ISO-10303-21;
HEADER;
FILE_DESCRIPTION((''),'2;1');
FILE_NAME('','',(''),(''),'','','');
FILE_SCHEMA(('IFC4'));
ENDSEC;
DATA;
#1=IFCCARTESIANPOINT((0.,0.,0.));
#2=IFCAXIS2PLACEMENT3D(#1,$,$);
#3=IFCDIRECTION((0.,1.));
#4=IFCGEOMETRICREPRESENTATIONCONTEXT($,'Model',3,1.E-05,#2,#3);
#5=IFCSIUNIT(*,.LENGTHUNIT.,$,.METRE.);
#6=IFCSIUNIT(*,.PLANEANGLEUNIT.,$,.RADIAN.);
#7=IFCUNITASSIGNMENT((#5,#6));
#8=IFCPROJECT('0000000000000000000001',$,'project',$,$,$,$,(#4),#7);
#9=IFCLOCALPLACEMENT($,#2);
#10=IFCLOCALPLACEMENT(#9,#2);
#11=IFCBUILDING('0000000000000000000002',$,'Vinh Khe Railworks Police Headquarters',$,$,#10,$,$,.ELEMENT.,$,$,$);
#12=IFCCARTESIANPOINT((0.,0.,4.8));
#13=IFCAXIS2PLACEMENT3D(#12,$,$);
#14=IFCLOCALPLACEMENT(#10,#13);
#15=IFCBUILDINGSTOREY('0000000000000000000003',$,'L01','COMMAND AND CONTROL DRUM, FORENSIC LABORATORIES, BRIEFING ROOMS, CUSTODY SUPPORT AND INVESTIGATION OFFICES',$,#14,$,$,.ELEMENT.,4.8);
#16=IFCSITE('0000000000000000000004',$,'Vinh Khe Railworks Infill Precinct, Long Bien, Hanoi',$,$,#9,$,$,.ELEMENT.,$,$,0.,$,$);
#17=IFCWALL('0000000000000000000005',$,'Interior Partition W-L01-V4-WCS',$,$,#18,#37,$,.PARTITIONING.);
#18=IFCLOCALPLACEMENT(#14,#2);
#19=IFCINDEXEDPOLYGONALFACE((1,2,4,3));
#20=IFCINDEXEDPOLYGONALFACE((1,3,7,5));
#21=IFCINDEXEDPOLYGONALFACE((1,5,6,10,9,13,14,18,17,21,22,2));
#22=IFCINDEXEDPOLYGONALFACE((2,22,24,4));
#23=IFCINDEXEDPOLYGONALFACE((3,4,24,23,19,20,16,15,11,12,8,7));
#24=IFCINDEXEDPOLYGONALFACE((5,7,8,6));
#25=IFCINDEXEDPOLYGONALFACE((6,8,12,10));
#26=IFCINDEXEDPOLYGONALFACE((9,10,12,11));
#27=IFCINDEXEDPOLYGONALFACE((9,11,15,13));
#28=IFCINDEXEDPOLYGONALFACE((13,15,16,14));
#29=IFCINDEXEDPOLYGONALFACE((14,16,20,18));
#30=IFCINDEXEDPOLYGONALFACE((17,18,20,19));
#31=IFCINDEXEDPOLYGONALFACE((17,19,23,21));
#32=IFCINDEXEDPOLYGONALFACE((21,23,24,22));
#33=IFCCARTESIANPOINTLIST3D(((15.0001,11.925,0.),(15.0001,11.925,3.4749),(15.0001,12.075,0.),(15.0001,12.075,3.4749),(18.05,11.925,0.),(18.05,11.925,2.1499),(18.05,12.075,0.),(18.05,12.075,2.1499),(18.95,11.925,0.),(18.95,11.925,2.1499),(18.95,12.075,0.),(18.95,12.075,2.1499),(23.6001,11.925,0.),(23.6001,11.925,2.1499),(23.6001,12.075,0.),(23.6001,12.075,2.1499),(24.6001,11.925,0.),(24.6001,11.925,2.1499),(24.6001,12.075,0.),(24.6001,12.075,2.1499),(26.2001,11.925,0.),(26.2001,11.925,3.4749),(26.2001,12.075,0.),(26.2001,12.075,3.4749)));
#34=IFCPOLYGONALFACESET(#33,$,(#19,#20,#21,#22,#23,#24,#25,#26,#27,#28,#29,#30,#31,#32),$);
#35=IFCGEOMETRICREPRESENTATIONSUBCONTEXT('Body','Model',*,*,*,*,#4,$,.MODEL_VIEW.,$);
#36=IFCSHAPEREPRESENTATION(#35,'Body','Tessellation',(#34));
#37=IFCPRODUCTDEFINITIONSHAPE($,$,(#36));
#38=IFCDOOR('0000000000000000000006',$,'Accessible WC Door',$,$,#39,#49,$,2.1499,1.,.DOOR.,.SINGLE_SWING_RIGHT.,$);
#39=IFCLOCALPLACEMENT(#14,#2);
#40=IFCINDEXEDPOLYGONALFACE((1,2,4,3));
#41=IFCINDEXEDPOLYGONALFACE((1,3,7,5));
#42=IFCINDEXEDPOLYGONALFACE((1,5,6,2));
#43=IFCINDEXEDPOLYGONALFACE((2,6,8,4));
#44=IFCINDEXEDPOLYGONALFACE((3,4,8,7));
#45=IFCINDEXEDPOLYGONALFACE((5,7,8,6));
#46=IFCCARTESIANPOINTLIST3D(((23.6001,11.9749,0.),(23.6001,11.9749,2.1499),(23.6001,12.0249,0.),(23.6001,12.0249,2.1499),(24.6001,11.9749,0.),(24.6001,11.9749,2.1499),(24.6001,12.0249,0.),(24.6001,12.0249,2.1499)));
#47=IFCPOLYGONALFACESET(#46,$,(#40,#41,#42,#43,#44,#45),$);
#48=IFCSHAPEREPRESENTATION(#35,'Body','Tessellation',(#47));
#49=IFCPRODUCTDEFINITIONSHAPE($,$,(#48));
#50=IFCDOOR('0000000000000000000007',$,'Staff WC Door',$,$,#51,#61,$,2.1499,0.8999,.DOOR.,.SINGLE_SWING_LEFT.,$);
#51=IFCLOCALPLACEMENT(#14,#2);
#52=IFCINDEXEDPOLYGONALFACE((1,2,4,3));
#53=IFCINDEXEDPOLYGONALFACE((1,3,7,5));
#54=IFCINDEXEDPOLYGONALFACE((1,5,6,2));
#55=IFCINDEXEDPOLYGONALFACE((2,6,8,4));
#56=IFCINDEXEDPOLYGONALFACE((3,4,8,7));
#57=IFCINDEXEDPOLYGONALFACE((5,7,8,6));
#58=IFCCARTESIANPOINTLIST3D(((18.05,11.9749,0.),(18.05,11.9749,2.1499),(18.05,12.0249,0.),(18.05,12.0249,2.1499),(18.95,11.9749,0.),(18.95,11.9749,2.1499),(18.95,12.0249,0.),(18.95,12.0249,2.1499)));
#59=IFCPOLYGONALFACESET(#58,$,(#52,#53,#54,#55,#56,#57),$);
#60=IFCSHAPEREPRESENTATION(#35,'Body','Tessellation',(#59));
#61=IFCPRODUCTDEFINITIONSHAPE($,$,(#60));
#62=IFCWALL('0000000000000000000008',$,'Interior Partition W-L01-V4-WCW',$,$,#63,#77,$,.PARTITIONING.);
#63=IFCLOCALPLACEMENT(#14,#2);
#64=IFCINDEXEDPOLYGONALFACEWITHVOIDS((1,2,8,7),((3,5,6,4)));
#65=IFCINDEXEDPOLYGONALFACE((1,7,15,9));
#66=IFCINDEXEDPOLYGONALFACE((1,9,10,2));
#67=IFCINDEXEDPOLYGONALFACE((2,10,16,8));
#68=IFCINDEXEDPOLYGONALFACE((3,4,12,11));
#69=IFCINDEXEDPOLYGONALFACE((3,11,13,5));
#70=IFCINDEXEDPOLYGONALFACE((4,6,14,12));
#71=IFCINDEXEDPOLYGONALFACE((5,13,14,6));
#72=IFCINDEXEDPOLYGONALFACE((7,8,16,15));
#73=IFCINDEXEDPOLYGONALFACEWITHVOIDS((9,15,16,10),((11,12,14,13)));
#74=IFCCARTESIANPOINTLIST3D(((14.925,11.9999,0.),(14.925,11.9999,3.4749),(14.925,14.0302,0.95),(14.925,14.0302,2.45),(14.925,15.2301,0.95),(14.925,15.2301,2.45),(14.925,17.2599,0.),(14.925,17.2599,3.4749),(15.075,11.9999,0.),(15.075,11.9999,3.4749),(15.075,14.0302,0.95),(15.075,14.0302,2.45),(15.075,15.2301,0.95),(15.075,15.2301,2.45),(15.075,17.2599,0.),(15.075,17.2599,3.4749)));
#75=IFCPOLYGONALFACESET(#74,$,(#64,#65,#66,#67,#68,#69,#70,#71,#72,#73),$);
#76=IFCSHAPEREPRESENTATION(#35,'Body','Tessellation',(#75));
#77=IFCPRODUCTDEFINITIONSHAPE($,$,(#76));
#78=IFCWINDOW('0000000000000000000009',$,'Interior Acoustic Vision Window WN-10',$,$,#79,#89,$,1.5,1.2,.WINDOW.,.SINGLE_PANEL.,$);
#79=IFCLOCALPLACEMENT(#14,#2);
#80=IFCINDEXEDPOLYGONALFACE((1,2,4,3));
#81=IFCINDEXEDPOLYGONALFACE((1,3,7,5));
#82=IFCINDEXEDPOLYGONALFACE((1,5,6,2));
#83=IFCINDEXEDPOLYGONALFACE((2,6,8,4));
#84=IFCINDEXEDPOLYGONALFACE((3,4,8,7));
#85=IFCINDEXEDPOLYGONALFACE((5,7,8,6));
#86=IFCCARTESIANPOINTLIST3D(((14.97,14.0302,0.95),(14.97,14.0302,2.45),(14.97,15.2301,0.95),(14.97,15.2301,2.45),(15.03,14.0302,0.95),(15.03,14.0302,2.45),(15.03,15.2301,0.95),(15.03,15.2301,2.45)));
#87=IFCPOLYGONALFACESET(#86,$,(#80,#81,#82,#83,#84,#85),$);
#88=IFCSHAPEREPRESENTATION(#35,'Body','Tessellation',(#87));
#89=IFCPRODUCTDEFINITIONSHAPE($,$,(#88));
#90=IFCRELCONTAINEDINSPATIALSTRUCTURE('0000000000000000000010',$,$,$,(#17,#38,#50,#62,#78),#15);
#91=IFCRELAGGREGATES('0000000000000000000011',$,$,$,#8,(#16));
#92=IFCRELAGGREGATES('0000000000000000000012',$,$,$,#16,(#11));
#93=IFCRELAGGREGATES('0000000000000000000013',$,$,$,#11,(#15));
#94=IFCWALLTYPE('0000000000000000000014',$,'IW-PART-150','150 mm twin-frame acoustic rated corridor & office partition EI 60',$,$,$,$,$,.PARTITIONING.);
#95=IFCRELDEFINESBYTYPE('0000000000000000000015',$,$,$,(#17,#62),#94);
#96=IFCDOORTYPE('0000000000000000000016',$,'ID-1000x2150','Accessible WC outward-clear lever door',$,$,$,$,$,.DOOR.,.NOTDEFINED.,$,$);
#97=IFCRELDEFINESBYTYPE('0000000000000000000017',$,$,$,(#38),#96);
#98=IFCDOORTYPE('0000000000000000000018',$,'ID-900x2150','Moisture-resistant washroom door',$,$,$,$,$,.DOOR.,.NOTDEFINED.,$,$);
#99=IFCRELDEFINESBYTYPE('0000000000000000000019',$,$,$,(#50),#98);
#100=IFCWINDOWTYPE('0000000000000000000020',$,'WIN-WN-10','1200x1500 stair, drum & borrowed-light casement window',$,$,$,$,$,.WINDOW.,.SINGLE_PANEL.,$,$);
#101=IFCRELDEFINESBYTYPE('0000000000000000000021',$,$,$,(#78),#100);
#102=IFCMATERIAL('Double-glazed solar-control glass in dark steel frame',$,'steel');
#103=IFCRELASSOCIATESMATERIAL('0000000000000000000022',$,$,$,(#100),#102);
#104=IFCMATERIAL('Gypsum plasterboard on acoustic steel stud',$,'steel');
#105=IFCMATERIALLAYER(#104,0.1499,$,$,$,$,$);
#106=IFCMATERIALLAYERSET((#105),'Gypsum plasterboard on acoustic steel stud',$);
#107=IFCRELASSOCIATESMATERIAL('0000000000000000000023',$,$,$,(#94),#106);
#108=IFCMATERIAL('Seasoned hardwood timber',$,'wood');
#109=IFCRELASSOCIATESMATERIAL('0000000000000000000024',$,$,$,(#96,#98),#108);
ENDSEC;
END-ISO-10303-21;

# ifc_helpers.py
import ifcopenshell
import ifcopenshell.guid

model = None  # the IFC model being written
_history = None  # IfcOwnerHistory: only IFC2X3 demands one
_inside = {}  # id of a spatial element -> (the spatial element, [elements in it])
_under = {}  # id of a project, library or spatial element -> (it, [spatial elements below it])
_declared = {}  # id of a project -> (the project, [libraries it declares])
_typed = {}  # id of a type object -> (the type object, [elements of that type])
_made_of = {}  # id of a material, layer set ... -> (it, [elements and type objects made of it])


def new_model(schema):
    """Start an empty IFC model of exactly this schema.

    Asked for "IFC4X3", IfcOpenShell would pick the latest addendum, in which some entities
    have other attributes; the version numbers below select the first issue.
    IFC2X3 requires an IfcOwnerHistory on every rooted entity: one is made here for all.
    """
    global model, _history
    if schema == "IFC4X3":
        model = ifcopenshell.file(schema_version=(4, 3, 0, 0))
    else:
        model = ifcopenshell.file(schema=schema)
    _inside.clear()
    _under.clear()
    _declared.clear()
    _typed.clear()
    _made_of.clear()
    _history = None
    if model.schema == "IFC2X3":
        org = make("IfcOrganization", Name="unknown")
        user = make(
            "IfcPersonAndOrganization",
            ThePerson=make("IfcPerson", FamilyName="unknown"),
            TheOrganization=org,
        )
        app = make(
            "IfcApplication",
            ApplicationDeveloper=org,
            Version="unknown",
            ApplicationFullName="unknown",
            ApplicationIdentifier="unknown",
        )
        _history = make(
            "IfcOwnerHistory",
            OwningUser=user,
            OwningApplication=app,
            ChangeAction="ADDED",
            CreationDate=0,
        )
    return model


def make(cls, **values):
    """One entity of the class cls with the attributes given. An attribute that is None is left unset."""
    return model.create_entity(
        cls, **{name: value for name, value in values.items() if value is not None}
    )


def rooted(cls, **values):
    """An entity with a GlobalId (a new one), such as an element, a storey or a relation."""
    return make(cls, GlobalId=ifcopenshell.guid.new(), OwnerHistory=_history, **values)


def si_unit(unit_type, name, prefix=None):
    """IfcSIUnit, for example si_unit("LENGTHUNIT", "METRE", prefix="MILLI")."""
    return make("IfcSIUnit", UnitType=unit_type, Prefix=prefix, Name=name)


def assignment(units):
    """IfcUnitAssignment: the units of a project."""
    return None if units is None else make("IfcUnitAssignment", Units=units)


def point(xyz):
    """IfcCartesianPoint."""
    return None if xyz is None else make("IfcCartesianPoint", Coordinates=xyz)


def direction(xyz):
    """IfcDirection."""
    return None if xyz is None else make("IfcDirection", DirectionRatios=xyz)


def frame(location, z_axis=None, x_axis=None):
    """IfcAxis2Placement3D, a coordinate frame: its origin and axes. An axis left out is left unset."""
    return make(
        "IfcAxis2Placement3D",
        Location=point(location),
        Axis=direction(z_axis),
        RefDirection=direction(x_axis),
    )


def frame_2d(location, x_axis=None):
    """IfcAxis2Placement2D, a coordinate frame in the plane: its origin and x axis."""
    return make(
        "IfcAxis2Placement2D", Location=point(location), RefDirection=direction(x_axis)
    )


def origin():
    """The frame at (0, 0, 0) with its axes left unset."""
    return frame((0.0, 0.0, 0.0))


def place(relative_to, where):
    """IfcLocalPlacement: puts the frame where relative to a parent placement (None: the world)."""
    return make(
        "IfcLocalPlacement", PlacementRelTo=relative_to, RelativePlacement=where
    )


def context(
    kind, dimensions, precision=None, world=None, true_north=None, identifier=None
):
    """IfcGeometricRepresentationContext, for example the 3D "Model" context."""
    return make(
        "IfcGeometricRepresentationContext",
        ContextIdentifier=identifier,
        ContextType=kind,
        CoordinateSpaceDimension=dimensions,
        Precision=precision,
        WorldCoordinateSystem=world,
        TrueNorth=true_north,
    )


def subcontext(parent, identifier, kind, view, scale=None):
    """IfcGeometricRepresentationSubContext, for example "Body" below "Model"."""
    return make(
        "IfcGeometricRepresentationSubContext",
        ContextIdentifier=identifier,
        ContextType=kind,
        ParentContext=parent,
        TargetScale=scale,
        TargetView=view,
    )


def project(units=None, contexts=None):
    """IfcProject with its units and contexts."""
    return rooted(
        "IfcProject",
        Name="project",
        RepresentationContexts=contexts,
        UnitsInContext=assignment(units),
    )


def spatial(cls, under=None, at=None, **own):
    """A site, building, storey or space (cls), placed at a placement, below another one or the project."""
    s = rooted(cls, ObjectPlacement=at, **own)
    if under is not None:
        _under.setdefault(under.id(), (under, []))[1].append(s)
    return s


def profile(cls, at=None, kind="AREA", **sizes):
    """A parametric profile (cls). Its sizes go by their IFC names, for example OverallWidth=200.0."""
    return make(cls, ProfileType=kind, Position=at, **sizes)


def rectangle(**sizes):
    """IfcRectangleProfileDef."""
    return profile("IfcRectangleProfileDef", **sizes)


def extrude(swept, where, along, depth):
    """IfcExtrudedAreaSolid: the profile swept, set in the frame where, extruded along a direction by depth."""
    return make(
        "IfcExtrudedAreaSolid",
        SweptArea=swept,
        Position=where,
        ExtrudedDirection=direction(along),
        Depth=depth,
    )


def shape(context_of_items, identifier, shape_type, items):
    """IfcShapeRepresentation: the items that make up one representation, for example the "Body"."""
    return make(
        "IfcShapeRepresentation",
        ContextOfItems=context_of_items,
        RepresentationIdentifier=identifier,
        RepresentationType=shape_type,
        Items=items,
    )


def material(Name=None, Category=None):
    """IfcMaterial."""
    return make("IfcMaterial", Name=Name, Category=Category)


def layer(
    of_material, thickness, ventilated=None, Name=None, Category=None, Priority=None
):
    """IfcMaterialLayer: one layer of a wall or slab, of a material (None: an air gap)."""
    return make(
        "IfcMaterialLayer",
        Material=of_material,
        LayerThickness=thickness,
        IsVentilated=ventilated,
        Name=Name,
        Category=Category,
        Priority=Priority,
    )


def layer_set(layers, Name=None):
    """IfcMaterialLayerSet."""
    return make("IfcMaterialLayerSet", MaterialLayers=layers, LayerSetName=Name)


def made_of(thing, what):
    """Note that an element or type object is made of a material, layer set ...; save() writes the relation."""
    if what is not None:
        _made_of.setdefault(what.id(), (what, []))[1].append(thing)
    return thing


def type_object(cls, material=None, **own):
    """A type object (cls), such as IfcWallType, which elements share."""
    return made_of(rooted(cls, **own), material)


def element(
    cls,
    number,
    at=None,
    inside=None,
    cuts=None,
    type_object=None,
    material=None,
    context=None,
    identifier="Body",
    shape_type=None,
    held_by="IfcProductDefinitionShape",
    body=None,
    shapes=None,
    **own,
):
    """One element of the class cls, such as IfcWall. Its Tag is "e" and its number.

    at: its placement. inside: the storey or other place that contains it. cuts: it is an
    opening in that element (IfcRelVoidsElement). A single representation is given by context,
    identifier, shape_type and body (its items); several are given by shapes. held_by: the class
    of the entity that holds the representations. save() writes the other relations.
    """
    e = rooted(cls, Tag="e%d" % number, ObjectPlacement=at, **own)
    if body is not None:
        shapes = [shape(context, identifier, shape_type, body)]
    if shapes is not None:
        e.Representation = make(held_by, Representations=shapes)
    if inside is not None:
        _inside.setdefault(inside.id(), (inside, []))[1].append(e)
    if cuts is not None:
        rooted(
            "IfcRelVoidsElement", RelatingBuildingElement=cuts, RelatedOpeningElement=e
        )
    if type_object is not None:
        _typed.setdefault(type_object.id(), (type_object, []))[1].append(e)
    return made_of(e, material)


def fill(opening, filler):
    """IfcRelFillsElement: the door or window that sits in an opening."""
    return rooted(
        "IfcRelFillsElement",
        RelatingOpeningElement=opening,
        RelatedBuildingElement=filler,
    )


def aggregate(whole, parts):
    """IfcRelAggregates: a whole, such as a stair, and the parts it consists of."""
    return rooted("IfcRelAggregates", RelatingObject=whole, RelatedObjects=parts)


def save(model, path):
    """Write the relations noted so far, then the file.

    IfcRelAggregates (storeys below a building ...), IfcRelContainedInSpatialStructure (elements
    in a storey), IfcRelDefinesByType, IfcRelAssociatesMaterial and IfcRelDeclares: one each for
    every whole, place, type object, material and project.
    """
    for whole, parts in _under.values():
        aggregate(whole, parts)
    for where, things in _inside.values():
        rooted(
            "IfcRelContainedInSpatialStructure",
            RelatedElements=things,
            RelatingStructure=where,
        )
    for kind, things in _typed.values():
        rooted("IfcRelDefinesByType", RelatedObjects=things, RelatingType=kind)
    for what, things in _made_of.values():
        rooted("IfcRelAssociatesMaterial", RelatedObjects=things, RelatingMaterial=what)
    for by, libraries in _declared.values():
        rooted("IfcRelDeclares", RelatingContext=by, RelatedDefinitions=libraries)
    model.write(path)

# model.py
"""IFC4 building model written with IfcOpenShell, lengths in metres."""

from ifc_helpers import new_model, si_unit, direction, frame, frame_2d, origin, place, context, subcontext, project, spatial, rectangle, extrude, material, layer, layer_set, type_object, element, fill, save


model = new_model("IFC4")

# Units and contexts
model_context = context("Model", 3, precision=1e-05, world=origin(), true_north=direction((0.0, 1.0)))
body_context = subcontext(model_context, "Body", "Model", "MODEL_VIEW")
ifc_project = project(units=[si_unit("LENGTHUNIT", "METRE"), si_unit("PLANEANGLEUNIT", "RADIAN")], contexts=[model_context])

# Site, building, storey
site_placement = place(None, origin())
site = spatial("IfcSite", under=ifc_project, at=site_placement, Name="Vinh Khe Railworks Infill Precinct, Long Bien, Hanoi", CompositionType="ELEMENT", RefElevation=0.0)
building_placement = place(site_placement, origin())
building = spatial("IfcBuilding", under=site, at=building_placement, Name="Vinh Khe Railworks Police Headquarters", CompositionType="ELEMENT")
storey_placement = place(building_placement, frame((0.0, 0.0, 4.8)))
storey = spatial("IfcBuildingStorey", under=building, at=storey_placement, Name="L01", Description="COMMAND AND CONTROL DRUM, FORENSIC LABORATORIES, BRIEFING ROOMS, CUSTODY SUPPORT AND INVESTIGATION OFFICES", CompositionType="ELEMENT", Elevation=4.8)

# Shared definitions
ifc_material_1 = material(Name="Double-glazed solar-control glass in dark steel frame", Category="steel")

# Shared definitions
window_type_1 = type_object("IfcWindowType", Name="WIN-WN-10", Description="1200x1500 stair, drum & borrowed-light casement window", PartitioningType="SINGLE_PANEL", PredefinedType="WINDOW", material=ifc_material_1)

# Shared definitions
ifc_material_2 = material(Name="Gypsum plasterboard on acoustic steel stud", Category="steel")
ifc_layer_1 = layer(ifc_material_2, 0.1499)
ifc_layer_set_1 = layer_set([ifc_layer_1], Name="Gypsum plasterboard on acoustic steel stud")
wall_type_1 = type_object("IfcWallType", Name="IW-PART-150", Description="150 mm twin-frame acoustic rated corridor & office partition EI 60", PredefinedType="PARTITIONING", material=ifc_layer_set_1)
ifc_material_3 = material(Name="Seasoned hardwood timber", Category="wood")

# Wall, openings, doors
wall_1_placement = place(storey_placement, frame((15.0, 12.0, 0.0), z_axis=(0.0, 0.0, 1.0), x_axis=(1.0, 0.0, 0.0)))
wall_1 = element("IfcWall", 1, at=wall_1_placement, inside=storey, type_object=wall_type_1, Name="Interior Partition W-L01-V4-WCS", PredefinedType="PARTITIONING", context=body_context, shape_type="SweptSolid", body=[
    extrude(rectangle(XDim=11.2, YDim=0.1499, at=frame_2d((5.6001, 0.0))), origin(), (0.0, 0.0, 1.0), 3.4749),
])
opening_1_placement = place(wall_1_placement, frame((3.05, 0.0, 0.0)))
opening_1 = element("IfcOpeningElement", 2, at=opening_1_placement, cuts=wall_1, PredefinedType="OPENING", context=body_context, shape_type="SweptSolid", body=[
    extrude(rectangle(XDim=0.8999, YDim=2.1499, at=frame_2d((0.45, 1.075))), frame((0.0, 0.0898, 0.0), z_axis=(0.0, -1.0, 0.0), x_axis=(1.0, 0.0, 0.0)), (0.0, 0.0, 1.0), 0.1797),
])
opening_2_placement = place(wall_1_placement, frame((8.6001, 0.0, 0.0)))
opening_2 = element("IfcOpeningElement", 3, at=opening_2_placement, cuts=wall_1, PredefinedType="OPENING", context=body_context, shape_type="SweptSolid", body=[
    extrude(rectangle(XDim=1.0, YDim=2.1499, at=frame_2d((0.5, 1.075))), frame((0.0, 0.0898, 0.0), z_axis=(0.0, -1.0, 0.0), x_axis=(1.0, 0.0, 0.0)), (0.0, 0.0, 1.0), 0.1797),
])
door_type_1 = type_object("IfcDoorType", Name="ID-1000x2150", Description="Accessible WC outward-clear lever door", OperationType="NOTDEFINED", PredefinedType="DOOR", material=ifc_material_3)
door_1_placement = place(opening_2_placement, origin())
door_1 = element("IfcDoor", 4, at=door_1_placement, inside=storey, type_object=door_type_1, Name="Accessible WC Door", OperationType="SINGLE_SWING_RIGHT", OverallHeight=2.1499, OverallWidth=1.0, PredefinedType="DOOR", context=body_context, shape_type="SweptSolid", body=[
    extrude(rectangle(XDim=1.0, YDim=2.1499, at=frame_2d((0.5, 1.075))), frame((0.0, 0.0249, 0.0), z_axis=(0.0, -1.0, 0.0), x_axis=(1.0, 0.0, 0.0)), (0.0, 0.0, 1.0), 0.05),
])
fill(opening_2, door_1)
door_type_2 = type_object("IfcDoorType", Name="ID-900x2150", Description="Moisture-resistant washroom door", OperationType="NOTDEFINED", PredefinedType="DOOR", material=ifc_material_3)
door_2_placement = place(opening_1_placement, origin())
door_2 = element("IfcDoor", 5, at=door_2_placement, inside=storey, type_object=door_type_2, Name="Staff WC Door", OperationType="SINGLE_SWING_LEFT", OverallHeight=2.1499, OverallWidth=0.8999, PredefinedType="DOOR", context=body_context, shape_type="SweptSolid", body=[
    extrude(rectangle(XDim=0.8999, YDim=2.1499, at=frame_2d((0.45, 1.075))), frame((0.0, 0.0249, 0.0), z_axis=(0.0, -1.0, 0.0), x_axis=(1.0, 0.0, 0.0)), (0.0, 0.0, 1.0), 0.05),
])
fill(opening_1, door_2)

# Wall, opening, window
wall_2_placement = place(storey_placement, frame((15.0, 12.0, 0.0), z_axis=(0.0, 0.0, 1.0), x_axis=(0.0, 1.0, 0.0)))
wall_2 = element("IfcWall", 6, at=wall_2_placement, inside=storey, type_object=wall_type_1, Name="Interior Partition W-L01-V4-WCW", PredefinedType="PARTITIONING", context=body_context, shape_type="SweptSolid", body=[
    extrude(rectangle(XDim=5.26, YDim=0.1499, at=frame_2d((2.6299, 0.0))), origin(), (0.0, 0.0, 1.0), 3.4749),
])
opening_3_placement = place(wall_2_placement, frame((2.03, 0.0, 0.95)))
opening_3 = element("IfcOpeningElement", 7, at=opening_3_placement, cuts=wall_2, PredefinedType="OPENING", context=body_context, shape_type="SweptSolid", body=[
    extrude(rectangle(XDim=1.2, YDim=1.5, at=frame_2d((0.6001, 0.75))), frame((0.0, 0.0898, 0.0), z_axis=(0.0, -1.0, 0.0), x_axis=(1.0, 0.0, 0.0)), (0.0, 0.0, 1.0), 0.1797),
])
window_1_placement = place(opening_3_placement, origin())
window_1 = element("IfcWindow", 8, at=window_1_placement, inside=storey, type_object=window_type_1, Name="Interior Acoustic Vision Window WN-10", OverallHeight=1.5, OverallWidth=1.2, PartitioningType="SINGLE_PANEL", PredefinedType="WINDOW", context=body_context, shape_type="SweptSolid", body=[
    extrude(rectangle(XDim=1.2, YDim=1.5, at=frame_2d((0.6001, 0.75))), frame((0.0, 0.03, 0.0), z_axis=(0.0, -1.0, 0.0), x_axis=(1.0, 0.0, 0.0)), (0.0, 0.0, 1.0), 0.0601),
])
fill(opening_3, window_1)

save(model, "model.ifc")
